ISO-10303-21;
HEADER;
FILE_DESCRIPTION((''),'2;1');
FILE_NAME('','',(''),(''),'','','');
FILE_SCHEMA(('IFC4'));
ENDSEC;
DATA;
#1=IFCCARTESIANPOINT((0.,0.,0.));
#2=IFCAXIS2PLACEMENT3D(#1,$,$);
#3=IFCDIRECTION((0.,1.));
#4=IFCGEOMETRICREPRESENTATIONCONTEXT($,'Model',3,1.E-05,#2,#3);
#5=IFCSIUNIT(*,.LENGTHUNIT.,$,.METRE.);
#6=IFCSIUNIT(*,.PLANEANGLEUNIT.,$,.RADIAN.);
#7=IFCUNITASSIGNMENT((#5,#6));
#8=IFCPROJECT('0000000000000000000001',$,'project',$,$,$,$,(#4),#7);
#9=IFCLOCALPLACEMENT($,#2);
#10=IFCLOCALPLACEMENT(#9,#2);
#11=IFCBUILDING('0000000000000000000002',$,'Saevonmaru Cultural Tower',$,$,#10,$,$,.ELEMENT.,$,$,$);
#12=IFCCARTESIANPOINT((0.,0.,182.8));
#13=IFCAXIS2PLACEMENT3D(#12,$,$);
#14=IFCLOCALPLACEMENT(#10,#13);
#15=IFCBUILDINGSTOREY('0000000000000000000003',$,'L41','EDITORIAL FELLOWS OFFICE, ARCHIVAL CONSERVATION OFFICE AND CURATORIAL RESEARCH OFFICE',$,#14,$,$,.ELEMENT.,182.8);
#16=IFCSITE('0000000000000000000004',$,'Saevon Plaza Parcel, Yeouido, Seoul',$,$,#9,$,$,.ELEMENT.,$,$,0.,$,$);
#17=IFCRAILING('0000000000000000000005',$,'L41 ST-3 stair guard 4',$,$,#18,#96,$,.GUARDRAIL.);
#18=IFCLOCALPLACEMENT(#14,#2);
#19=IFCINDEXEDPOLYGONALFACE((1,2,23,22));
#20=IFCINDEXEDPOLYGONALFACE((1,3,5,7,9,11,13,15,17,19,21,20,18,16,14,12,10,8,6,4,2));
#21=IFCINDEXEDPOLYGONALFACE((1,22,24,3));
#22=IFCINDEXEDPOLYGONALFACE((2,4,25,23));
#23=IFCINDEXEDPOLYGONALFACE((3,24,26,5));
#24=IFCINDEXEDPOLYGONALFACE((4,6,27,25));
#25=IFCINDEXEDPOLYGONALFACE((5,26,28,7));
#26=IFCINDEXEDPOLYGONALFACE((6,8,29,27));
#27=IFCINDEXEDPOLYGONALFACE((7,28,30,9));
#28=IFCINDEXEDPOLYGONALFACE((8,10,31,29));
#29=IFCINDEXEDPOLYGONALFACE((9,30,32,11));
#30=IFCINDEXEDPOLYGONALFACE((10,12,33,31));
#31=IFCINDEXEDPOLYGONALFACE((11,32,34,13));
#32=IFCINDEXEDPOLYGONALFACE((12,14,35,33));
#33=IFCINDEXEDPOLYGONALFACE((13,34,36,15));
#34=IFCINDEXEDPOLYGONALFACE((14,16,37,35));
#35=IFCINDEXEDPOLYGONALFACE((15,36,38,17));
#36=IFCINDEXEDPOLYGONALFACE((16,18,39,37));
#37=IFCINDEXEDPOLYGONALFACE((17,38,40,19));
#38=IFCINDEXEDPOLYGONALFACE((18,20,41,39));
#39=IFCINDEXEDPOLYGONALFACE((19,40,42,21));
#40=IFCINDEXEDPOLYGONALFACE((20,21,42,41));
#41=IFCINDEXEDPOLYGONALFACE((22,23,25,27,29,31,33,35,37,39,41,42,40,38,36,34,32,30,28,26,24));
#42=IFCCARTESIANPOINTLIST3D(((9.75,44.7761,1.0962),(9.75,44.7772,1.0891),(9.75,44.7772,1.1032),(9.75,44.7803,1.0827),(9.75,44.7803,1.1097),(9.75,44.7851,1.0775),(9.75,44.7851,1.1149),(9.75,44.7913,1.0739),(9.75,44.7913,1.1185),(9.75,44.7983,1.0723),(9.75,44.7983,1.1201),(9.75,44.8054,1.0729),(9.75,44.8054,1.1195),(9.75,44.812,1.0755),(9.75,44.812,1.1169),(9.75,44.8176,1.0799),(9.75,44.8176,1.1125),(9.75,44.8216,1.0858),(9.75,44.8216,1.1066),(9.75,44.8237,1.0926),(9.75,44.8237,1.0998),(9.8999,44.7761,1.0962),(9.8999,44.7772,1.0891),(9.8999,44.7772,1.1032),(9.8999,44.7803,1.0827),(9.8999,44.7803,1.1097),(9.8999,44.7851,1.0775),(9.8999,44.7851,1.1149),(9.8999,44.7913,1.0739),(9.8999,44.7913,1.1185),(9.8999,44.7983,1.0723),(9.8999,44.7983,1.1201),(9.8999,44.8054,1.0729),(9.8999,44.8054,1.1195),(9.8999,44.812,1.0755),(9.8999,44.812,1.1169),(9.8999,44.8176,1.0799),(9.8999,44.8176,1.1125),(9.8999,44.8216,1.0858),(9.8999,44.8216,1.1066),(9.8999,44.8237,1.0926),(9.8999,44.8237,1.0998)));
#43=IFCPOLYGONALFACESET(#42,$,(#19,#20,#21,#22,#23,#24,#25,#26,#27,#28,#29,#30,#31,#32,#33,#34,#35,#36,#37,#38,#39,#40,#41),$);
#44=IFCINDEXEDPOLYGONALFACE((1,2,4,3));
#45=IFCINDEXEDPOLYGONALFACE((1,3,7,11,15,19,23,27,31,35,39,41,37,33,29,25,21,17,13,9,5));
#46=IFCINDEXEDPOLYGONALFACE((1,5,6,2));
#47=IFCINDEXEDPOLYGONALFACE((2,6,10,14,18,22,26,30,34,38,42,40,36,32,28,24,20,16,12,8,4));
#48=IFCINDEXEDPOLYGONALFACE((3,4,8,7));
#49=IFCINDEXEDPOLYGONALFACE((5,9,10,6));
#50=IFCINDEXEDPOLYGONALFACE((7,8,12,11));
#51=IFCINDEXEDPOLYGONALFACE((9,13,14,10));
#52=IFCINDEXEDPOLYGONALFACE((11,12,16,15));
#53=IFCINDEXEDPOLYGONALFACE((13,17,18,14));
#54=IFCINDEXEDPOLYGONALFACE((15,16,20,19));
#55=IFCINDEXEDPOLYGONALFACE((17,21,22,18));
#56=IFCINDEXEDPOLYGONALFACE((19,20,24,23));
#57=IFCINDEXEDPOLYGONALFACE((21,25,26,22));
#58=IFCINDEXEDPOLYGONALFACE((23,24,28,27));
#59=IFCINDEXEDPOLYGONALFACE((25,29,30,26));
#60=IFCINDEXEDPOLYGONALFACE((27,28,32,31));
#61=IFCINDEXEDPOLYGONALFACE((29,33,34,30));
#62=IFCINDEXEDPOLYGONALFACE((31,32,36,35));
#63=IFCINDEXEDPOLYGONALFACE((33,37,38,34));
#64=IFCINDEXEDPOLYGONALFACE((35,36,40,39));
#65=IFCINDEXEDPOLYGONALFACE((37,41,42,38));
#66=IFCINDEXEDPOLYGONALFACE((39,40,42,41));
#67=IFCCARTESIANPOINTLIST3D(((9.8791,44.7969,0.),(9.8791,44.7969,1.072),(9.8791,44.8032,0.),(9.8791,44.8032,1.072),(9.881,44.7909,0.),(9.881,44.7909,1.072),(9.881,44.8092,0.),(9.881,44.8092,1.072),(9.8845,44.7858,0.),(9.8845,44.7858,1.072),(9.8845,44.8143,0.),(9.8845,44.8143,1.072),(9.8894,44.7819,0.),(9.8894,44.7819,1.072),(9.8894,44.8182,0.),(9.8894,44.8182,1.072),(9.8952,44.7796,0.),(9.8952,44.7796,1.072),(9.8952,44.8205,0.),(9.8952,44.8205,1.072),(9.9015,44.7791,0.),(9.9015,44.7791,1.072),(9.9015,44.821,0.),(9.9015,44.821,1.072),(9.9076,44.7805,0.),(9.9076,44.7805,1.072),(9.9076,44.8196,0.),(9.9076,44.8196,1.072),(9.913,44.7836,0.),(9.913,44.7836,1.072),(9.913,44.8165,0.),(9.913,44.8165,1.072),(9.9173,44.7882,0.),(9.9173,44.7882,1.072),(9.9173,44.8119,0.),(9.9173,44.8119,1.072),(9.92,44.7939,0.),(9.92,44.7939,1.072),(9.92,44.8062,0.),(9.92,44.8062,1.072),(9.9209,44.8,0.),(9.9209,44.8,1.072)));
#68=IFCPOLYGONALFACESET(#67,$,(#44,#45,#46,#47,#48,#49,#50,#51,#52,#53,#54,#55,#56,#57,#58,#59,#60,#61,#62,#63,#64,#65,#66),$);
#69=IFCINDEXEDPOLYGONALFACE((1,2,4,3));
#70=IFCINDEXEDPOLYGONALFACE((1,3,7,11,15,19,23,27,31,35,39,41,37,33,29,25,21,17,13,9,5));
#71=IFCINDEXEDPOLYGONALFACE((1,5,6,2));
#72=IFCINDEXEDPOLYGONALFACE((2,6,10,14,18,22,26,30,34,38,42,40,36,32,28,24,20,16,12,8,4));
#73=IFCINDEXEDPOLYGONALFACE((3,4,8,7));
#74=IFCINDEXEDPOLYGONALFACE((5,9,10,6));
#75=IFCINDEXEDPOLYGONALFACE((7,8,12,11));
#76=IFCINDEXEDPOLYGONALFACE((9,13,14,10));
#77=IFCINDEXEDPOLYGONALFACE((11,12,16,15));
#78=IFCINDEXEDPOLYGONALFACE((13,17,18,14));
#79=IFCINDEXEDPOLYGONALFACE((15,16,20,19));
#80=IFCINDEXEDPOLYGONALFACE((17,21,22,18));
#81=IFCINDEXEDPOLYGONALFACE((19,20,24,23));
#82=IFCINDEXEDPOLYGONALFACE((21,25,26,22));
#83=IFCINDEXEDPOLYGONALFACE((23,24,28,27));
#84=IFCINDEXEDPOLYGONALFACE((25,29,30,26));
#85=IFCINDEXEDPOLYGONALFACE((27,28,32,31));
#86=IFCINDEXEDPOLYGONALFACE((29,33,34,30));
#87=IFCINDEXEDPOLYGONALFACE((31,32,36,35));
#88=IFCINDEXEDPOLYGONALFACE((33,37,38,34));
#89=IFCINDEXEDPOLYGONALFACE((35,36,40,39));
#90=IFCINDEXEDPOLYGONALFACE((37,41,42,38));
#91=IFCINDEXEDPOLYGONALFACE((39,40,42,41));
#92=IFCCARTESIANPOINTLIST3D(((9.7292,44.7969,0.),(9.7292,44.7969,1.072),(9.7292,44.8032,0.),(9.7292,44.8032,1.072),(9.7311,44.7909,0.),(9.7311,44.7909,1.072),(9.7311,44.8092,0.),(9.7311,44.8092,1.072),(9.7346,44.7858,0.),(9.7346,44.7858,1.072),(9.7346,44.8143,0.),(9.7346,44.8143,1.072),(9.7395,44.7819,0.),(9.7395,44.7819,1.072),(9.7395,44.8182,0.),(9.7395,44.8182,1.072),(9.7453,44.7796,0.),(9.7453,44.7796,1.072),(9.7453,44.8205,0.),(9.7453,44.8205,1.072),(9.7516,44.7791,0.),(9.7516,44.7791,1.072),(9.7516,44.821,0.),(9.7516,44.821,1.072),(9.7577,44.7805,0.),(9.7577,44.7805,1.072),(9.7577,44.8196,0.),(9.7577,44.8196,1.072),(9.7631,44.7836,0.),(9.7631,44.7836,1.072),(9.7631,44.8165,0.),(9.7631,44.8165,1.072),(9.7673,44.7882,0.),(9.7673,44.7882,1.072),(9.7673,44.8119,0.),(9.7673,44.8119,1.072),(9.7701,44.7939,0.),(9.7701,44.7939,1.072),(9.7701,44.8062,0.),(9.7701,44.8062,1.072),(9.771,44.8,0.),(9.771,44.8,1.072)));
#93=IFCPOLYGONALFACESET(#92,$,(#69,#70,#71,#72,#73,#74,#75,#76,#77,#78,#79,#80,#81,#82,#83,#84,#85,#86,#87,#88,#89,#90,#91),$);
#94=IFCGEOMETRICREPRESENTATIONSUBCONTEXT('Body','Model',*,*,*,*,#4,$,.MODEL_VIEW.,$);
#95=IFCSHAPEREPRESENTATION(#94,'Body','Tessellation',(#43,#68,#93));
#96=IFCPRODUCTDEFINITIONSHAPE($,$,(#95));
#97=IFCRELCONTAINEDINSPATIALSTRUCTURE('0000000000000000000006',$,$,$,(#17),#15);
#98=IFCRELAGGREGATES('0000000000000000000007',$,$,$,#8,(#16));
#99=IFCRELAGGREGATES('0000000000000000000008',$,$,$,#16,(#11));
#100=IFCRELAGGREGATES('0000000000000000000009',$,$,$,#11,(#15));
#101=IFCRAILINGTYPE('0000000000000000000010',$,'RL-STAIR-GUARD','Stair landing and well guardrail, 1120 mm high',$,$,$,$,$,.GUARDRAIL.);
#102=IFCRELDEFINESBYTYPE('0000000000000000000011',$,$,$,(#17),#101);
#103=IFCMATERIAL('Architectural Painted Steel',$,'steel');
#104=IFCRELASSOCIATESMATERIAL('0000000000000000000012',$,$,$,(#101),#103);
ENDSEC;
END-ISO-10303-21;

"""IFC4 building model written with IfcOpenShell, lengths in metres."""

from ifc_helpers import new_model, si_unit, direction, frame, origin, origin_2d, place, context, subcontext, project, spatial, circle, extrude, material, type_object, element, save


model = new_model("IFC4")

# Units and contexts
model_context = context("Model", 3, precision=1e-05, world=origin(), true_north=direction((0.0, 1.0)))
body_context = subcontext(model_context, "Body", "Model", "MODEL_VIEW")
ifc_project = project(units=[si_unit("LENGTHUNIT", "METRE"), si_unit("PLANEANGLEUNIT", "RADIAN")], contexts=[model_context])

# Site, building, storey
site_placement = place(None, origin())
site = spatial("IfcSite", under=ifc_project, at=site_placement, Name="Saevon Plaza Parcel, Yeouido, Seoul", CompositionType="ELEMENT", RefElevation=0.0)
building_placement = place(site_placement, origin())
building = spatial("IfcBuilding", under=site, at=building_placement, Name="Saevonmaru Cultural Tower", CompositionType="ELEMENT")
storey_placement = place(building_placement, frame((0.0, 0.0, 182.8)))
storey = spatial("IfcBuildingStorey", under=building, at=storey_placement, Name="L41", Description="EDITORIAL FELLOWS OFFICE, ARCHIVAL CONSERVATION OFFICE AND CURATORIAL RESEARCH OFFICE", CompositionType="ELEMENT", Elevation=182.8)

# Railing
ifc_material_1 = material(Name="Architectural Painted Steel", Category="steel")
railing_type_1 = type_object("IfcRailingType", Name="RL-STAIR-GUARD", Description="Stair landing and well guardrail, 1120 mm high", PredefinedType="GUARDRAIL", material=ifc_material_1)
railing_1_placement = place(storey_placement, frame((9.8999, 44.8, 0.0)))
element("IfcRailing", 1, at=railing_1_placement, inside=storey, type_object=railing_type_1, Name="L41 ST-3 stair guard 4", PredefinedType="GUARDRAIL", context=body_context, shape_type="SweptSolid", body=[
    extrude(circle(Radius=0.0239, at=origin_2d()), frame((0.0, 0.0, 1.0962), z_axis=(-1.0, 0.0, 0.0), x_axis=(0.0, -1.0, 0.0)), (0.0, 0.0, 1.0), 0.1499),
    extrude(circle(Radius=0.021, at=origin_2d()), origin(), (0.0, 0.0, 1.0), 1.072),
    extrude(circle(Radius=0.021, at=origin_2d()), frame((-0.1499, 0.0, 0.0)), (0.0, 0.0, 1.0), 1.072),
])

save(model, "model.ifc")
